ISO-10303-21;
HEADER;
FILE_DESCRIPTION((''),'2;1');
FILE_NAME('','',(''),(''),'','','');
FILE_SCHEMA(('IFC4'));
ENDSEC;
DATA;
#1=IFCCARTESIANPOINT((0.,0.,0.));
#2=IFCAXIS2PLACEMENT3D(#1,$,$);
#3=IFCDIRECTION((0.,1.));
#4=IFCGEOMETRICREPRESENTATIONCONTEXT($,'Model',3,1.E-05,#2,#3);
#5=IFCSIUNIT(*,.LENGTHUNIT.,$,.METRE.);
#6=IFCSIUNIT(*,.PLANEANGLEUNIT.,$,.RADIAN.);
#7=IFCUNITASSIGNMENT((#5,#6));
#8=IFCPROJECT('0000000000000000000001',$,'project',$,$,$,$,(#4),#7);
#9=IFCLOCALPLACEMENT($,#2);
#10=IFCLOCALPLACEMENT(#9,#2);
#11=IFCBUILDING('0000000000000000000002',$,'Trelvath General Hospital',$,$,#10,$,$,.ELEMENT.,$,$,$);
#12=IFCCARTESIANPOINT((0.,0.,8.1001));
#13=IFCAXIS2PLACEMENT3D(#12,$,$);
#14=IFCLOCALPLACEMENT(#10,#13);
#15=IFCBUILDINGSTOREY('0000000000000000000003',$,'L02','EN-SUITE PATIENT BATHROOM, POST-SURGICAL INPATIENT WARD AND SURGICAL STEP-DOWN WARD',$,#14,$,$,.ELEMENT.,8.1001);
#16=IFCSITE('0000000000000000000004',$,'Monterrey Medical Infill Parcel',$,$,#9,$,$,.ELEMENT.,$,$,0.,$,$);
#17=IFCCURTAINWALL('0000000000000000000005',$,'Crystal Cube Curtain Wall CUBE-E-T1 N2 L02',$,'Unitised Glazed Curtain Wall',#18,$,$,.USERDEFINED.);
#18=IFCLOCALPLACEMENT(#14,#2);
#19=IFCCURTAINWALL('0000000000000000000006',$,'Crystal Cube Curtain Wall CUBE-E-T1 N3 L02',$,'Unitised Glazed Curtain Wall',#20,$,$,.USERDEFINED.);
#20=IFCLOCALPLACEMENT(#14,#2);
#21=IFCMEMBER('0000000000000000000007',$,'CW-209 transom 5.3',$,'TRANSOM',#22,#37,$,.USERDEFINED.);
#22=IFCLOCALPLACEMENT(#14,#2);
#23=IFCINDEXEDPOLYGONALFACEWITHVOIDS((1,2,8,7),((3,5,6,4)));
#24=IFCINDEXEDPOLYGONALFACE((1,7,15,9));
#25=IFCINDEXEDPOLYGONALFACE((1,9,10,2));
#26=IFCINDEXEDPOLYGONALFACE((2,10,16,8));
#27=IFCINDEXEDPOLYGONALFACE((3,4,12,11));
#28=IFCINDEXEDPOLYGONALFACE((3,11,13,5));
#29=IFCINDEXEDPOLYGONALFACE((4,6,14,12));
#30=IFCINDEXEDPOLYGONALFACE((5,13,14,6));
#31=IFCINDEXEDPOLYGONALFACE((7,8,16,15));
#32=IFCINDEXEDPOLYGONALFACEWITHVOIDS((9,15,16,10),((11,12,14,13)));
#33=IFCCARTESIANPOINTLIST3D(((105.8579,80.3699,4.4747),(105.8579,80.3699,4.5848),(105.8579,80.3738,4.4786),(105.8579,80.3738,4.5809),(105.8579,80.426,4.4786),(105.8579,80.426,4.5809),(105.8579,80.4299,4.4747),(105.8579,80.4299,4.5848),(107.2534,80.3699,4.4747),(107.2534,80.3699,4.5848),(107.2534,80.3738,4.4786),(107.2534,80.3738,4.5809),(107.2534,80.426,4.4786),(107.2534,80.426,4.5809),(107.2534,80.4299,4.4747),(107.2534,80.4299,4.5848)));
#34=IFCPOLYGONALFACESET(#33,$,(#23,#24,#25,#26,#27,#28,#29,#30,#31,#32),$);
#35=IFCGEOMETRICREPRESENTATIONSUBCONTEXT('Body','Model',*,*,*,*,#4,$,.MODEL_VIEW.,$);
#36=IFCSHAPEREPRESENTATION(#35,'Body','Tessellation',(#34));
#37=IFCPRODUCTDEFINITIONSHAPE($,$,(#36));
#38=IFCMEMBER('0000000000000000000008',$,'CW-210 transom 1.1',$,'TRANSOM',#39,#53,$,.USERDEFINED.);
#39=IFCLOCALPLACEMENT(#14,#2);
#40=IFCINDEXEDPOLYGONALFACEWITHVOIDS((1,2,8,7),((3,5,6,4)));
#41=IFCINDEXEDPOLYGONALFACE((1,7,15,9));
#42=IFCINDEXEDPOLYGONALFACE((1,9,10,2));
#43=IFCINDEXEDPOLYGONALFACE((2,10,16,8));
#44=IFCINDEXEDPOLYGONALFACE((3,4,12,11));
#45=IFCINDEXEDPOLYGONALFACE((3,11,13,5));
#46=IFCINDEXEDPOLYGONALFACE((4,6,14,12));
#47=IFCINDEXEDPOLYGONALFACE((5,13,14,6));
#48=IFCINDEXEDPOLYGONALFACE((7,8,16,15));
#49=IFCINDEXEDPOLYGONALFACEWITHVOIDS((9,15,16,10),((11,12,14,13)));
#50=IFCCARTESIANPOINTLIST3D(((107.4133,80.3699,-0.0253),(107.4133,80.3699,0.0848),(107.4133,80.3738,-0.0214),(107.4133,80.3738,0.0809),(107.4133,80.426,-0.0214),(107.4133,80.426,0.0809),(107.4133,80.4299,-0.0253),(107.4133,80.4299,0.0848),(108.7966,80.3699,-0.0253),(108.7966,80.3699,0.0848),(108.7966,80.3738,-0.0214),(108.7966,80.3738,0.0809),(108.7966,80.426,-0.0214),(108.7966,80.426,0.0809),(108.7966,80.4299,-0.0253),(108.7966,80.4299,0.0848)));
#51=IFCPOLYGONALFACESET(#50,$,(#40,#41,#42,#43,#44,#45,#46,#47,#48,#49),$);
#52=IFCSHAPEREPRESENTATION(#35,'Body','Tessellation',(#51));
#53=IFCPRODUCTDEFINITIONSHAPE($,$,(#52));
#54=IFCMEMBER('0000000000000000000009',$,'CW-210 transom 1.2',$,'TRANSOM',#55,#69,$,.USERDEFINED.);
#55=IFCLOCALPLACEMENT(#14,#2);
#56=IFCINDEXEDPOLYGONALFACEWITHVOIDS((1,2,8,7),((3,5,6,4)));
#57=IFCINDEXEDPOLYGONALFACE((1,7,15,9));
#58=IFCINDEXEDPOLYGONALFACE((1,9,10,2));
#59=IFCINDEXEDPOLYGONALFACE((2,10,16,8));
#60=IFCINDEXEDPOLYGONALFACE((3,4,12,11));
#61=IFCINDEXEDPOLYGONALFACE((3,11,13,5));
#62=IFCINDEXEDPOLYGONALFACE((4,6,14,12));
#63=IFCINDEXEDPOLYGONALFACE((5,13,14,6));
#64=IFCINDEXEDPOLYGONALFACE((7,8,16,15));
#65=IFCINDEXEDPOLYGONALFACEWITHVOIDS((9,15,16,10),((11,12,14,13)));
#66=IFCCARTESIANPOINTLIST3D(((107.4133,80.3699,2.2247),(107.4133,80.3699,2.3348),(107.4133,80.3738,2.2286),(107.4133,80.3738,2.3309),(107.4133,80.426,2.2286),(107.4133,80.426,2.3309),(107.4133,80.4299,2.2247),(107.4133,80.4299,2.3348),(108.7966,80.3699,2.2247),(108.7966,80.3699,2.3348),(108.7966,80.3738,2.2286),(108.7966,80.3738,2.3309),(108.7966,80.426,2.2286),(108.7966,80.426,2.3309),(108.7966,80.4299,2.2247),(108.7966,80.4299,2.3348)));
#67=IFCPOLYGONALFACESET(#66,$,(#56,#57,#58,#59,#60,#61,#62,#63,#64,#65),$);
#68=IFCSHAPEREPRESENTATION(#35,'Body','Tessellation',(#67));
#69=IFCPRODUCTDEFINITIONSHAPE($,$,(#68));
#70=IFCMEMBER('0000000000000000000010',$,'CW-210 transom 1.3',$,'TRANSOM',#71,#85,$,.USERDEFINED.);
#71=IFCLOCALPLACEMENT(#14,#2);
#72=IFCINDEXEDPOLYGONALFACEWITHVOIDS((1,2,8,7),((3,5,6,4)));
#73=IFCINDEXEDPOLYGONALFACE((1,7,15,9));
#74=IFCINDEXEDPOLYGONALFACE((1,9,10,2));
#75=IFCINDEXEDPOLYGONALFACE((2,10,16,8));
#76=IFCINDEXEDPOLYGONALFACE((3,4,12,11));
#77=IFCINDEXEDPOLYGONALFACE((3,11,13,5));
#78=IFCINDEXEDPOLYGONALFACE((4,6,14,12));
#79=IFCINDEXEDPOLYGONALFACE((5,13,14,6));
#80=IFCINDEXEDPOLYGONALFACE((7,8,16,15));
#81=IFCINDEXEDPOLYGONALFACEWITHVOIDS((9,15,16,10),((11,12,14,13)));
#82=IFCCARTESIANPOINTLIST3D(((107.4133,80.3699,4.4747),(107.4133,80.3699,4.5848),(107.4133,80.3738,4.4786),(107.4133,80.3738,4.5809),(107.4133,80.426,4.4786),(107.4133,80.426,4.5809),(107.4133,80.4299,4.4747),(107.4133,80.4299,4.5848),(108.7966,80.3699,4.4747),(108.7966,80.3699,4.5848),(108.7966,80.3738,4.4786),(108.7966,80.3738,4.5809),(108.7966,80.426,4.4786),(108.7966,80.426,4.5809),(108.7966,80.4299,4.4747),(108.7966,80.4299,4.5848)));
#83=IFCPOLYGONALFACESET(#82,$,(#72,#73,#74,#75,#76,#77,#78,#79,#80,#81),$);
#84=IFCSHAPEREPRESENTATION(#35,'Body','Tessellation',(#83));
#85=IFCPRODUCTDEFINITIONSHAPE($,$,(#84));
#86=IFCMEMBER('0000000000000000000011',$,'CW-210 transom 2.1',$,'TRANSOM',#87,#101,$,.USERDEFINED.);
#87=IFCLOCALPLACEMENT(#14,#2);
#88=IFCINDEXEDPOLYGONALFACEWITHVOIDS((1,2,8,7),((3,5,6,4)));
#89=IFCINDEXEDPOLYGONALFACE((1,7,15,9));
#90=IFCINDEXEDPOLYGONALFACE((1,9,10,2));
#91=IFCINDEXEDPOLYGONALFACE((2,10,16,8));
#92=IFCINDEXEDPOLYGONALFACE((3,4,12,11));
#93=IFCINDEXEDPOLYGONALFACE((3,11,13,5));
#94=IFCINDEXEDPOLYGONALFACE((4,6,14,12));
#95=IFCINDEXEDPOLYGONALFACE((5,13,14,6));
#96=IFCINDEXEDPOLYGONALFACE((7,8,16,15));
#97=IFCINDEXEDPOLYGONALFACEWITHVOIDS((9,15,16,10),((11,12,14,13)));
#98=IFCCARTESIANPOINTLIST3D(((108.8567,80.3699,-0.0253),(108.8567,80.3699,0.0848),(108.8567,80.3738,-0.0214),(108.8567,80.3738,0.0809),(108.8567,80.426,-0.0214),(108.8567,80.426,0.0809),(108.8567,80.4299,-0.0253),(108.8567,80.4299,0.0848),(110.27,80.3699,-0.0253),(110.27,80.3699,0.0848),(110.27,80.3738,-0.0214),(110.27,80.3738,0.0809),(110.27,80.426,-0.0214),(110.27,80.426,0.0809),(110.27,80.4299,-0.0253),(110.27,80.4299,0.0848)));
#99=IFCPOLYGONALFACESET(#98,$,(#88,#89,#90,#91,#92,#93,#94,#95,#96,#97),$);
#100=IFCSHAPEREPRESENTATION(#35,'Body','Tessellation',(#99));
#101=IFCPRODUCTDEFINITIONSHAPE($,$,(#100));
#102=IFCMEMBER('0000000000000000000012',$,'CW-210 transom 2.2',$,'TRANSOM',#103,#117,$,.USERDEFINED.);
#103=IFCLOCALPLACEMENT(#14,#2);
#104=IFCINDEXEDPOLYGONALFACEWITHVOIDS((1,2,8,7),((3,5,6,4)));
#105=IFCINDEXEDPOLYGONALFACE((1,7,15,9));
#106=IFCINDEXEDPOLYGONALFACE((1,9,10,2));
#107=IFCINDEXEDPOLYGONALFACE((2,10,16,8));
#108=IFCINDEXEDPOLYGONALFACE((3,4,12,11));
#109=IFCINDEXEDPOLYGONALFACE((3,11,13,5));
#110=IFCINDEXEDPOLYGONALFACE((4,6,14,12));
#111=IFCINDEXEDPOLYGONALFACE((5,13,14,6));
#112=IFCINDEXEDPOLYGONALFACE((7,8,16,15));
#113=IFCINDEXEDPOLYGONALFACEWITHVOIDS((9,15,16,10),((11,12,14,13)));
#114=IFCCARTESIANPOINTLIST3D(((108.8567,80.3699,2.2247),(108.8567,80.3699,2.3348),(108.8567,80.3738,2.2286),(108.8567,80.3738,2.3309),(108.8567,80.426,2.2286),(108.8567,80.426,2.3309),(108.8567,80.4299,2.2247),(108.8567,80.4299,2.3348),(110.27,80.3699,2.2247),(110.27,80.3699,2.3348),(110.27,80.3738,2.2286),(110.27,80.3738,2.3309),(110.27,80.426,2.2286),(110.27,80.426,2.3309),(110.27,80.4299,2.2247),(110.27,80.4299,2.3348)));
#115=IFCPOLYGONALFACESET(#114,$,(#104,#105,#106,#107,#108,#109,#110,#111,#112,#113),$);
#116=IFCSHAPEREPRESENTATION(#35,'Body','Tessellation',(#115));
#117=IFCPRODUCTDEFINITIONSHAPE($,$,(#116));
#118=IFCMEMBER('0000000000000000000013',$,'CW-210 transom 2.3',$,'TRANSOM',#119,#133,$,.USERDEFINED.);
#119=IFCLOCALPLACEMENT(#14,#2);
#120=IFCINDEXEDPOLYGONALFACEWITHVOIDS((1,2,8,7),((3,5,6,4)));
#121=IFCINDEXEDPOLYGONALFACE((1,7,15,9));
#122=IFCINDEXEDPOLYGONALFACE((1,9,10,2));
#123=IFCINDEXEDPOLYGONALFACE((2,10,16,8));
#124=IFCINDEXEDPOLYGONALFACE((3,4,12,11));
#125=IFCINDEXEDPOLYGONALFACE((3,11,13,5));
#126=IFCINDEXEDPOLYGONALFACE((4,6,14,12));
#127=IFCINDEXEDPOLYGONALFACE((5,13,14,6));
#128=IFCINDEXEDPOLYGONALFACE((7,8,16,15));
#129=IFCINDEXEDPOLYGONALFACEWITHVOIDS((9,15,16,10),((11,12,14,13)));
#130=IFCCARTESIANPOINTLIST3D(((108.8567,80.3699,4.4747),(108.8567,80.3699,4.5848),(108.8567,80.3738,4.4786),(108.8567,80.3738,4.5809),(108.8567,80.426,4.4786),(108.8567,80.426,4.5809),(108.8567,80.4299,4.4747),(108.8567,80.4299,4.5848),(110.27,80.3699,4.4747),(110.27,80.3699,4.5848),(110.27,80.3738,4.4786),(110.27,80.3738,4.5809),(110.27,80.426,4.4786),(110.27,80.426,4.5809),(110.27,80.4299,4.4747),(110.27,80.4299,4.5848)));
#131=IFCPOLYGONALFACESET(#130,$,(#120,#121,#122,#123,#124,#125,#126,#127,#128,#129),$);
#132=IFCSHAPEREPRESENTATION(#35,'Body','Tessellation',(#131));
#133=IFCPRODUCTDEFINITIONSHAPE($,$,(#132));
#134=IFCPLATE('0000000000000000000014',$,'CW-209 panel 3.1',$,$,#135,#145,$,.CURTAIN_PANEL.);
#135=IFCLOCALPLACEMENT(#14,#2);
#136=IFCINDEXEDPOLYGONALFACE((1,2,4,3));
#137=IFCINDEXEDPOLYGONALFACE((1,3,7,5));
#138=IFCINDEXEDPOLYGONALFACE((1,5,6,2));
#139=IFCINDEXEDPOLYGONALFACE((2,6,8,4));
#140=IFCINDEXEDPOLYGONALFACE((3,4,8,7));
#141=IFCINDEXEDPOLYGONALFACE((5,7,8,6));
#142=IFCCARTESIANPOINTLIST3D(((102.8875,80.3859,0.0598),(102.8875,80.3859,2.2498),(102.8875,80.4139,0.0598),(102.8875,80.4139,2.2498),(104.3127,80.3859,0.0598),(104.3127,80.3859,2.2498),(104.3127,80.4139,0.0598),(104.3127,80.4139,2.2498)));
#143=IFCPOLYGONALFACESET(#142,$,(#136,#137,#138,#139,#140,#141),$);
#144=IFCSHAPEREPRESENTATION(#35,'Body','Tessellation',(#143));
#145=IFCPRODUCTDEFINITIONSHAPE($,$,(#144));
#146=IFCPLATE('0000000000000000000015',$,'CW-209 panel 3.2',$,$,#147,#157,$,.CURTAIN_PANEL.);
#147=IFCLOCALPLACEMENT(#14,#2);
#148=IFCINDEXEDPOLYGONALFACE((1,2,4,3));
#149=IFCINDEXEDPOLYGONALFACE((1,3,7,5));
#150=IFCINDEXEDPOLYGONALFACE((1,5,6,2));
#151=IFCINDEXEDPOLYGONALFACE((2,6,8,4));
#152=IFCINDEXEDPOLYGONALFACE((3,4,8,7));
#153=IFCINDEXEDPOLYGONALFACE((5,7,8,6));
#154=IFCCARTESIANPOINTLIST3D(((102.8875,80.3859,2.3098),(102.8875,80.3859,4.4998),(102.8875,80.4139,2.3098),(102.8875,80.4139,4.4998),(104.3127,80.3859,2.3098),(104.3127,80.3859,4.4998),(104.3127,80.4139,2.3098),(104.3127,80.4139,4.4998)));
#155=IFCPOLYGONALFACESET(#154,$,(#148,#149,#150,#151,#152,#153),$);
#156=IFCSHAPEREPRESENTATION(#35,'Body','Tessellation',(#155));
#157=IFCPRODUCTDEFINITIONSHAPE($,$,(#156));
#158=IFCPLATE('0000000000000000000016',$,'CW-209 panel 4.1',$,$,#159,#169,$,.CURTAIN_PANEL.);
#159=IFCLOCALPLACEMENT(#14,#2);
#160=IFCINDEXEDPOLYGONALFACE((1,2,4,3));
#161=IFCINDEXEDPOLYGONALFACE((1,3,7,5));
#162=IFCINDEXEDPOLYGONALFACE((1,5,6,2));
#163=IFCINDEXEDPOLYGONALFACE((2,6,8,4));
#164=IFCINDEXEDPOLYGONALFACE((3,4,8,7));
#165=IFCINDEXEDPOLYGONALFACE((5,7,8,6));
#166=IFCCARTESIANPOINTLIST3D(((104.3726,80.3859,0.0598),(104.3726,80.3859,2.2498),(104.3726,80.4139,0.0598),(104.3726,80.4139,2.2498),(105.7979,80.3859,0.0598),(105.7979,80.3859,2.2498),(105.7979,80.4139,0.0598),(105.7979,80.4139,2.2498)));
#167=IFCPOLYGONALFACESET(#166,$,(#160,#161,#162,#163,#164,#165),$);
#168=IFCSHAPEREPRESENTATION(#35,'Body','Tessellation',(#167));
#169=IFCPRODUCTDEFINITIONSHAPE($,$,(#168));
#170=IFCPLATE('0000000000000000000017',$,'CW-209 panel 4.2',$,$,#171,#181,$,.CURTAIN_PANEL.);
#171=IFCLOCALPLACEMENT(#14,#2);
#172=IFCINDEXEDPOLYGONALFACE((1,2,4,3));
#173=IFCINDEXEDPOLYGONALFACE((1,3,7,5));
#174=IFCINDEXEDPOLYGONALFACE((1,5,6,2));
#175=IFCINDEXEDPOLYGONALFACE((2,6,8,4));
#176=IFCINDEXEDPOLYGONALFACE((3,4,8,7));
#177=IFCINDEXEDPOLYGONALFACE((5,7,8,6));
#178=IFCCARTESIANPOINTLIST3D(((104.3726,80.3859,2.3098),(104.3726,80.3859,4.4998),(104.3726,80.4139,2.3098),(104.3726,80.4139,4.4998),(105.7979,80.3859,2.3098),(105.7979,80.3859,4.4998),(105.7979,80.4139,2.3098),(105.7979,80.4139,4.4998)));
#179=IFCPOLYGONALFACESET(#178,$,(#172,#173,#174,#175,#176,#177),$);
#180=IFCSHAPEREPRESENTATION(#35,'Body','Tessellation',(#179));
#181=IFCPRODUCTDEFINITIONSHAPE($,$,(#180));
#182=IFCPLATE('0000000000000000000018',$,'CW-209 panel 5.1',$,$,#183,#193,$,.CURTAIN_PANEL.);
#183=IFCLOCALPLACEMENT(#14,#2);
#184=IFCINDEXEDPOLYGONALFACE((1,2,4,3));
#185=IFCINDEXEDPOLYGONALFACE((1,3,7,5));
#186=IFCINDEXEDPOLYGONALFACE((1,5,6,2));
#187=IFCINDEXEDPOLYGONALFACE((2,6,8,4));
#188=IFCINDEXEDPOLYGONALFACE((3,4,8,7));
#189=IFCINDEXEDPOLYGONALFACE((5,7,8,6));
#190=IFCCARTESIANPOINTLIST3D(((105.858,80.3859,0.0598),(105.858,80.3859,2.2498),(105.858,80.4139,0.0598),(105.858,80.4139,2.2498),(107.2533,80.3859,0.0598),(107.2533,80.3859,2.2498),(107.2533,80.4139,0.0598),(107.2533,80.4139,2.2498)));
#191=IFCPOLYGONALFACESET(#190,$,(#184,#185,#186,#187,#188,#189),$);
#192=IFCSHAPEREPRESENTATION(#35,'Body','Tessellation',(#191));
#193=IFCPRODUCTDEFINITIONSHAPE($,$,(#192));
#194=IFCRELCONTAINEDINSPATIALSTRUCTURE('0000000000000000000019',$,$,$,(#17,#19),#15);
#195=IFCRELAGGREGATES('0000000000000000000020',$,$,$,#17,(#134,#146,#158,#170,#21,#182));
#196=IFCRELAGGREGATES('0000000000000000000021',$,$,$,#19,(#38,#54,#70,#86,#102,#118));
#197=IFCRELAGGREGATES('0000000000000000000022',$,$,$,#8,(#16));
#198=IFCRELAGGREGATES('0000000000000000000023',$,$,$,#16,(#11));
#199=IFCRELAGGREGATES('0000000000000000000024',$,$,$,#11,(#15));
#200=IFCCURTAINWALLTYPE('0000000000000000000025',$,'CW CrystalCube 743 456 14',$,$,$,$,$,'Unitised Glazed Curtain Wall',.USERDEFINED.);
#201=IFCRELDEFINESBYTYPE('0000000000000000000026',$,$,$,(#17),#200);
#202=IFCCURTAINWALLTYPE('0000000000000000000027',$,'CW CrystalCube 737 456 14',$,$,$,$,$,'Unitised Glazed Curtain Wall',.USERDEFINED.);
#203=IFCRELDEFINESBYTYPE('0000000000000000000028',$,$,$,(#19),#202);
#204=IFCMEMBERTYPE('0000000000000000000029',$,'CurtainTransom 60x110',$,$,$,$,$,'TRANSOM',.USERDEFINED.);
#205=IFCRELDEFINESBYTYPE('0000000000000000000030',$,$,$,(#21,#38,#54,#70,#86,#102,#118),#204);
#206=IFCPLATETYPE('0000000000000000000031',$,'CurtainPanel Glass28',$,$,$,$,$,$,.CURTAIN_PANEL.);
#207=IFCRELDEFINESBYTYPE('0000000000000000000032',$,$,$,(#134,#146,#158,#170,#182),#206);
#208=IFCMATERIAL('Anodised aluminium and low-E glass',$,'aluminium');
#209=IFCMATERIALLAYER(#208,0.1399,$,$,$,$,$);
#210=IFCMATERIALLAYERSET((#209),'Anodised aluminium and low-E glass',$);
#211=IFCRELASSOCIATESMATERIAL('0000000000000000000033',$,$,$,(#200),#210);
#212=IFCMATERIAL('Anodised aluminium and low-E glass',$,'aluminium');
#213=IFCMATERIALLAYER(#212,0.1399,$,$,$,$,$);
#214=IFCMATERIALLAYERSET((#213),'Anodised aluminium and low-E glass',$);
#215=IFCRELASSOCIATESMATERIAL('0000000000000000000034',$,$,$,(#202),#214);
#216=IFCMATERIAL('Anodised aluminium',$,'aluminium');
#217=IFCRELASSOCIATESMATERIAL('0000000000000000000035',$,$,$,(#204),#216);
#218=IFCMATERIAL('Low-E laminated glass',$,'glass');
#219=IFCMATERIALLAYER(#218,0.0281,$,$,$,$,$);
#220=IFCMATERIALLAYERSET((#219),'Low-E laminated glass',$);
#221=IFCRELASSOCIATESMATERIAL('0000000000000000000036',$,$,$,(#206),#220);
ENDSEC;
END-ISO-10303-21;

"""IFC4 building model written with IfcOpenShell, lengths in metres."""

from ifc_helpers import new_model, si_unit, direction, frame, origin, origin_2d, place, context, subcontext, project, spatial, rectangle, hollow_rectangle, extrude, material, layer, layer_set, material_profile, profile_set, type_object, element, aggregate, save


model = new_model("IFC4")

# Units and contexts
model_context = context("Model", 3, precision=1e-05, world=origin(), true_north=direction((0.0, 1.0)))
body_context = subcontext(model_context, "Body", "Model", "MODEL_VIEW")
ifc_project = project(units=[si_unit("LENGTHUNIT", "METRE"), si_unit("PLANEANGLEUNIT", "RADIAN")], contexts=[model_context])

# Site, building, storey
site_placement = place(None, origin())
site = spatial("IfcSite", under=ifc_project, at=site_placement, Name="Monterrey Medical Infill Parcel", CompositionType="ELEMENT", RefElevation=0.0)
building_placement = place(site_placement, origin())
building = spatial("IfcBuilding", under=site, at=building_placement, Name="Trelvath General Hospital", CompositionType="ELEMENT")
storey_placement = place(building_placement, frame((0.0, 0.0, 8.1001)))
storey = spatial("IfcBuildingStorey", under=building, at=storey_placement, Name="L02", Description="EN-SUITE PATIENT BATHROOM, POST-SURGICAL INPATIENT WARD AND SURGICAL STEP-DOWN WARD", CompositionType="ELEMENT", Elevation=8.1001)

# Curtain walls
ifc_material_1 = material(Name="Anodised aluminium and low-E glass", Category="aluminium")
ifc_layer_1 = layer(ifc_material_1, 0.1399)
ifc_layer_set_1 = layer_set([ifc_layer_1], Name="Anodised aluminium and low-E glass")
curtain_wall_type_1 = type_object("IfcCurtainWallType", Name="CW CrystalCube 743 456 14", ElementType="Unitised Glazed Curtain Wall", PredefinedType="USERDEFINED", material=ifc_layer_set_1)
curtain_wall_1_placement = place(storey_placement, origin())
curtain_wall_1 = element("IfcCurtainWall", 1, at=curtain_wall_1_placement, inside=storey, type_object=curtain_wall_type_1, Name="Crystal Cube Curtain Wall CUBE-E-T1 N2 L02", ObjectType="Unitised Glazed Curtain Wall", PredefinedType="USERDEFINED")
ifc_material_2 = material(Name="Anodised aluminium and low-E glass", Category="aluminium")
ifc_layer_2 = layer(ifc_material_2, 0.1399)
ifc_layer_set_2 = layer_set([ifc_layer_2], Name="Anodised aluminium and low-E glass")
curtain_wall_type_2 = type_object("IfcCurtainWallType", Name="CW CrystalCube 737 456 14", ElementType="Unitised Glazed Curtain Wall", PredefinedType="USERDEFINED", material=ifc_layer_set_2)
curtain_wall_2_placement = place(storey_placement, origin())
curtain_wall_2 = element("IfcCurtainWall", 2, at=curtain_wall_2_placement, inside=storey, type_object=curtain_wall_type_2, Name="Crystal Cube Curtain Wall CUBE-E-T1 N3 L02", ObjectType="Unitised Glazed Curtain Wall", PredefinedType="USERDEFINED")

# Members
ifc_material_3 = material(Name="Anodised aluminium", Category="aluminium")
ifc_material_profile_1 = material_profile(ifc_material_3, hollow_rectangle(XDim=0.0601, YDim=0.1101, WallThickness=0.0039, at=origin_2d()), Name="RHS60x110x4")
ifc_profile_set_1 = profile_set([ifc_material_profile_1], Name="Anodised aluminium")
member_type_1 = type_object("IfcMemberType", Name="CurtainTransom 60x110", ElementType="TRANSOM", PredefinedType="USERDEFINED", material=ifc_profile_set_1)
member_1_placement = place(storey_placement, frame((105.8579, 80.3999, 4.5298), z_axis=(1.0, 0.0, 0.0), x_axis=(0.0, 1.0, 0.0)))
member_1 = element("IfcMember", 3, at=member_1_placement, type_object=member_type_1, Name="CW-209 transom 5.3", ObjectType="TRANSOM", PredefinedType="USERDEFINED", context=body_context, shape_type="SweptSolid", body=[
    extrude(hollow_rectangle(XDim=0.0601, YDim=0.1101, WallThickness=0.0039, at=origin_2d()), origin(), (0.0, 0.0, 1.0), 1.3955),
])
member_2_placement = place(storey_placement, frame((107.4133, 80.3999, 0.0298), z_axis=(1.0, 0.0, 0.0), x_axis=(0.0, 1.0, 0.0)))
member_2 = element("IfcMember", 4, at=member_2_placement, type_object=member_type_1, Name="CW-210 transom 1.1", ObjectType="TRANSOM", PredefinedType="USERDEFINED", context=body_context, shape_type="SweptSolid", body=[
    extrude(hollow_rectangle(XDim=0.0601, YDim=0.1101, WallThickness=0.0039, at=origin_2d()), origin(), (0.0, 0.0, 1.0), 1.3833),
])
member_3_placement = place(storey_placement, frame((107.4133, 80.3999, 2.2798), z_axis=(1.0, 0.0, 0.0), x_axis=(0.0, 1.0, 0.0)))
member_3 = element("IfcMember", 5, at=member_3_placement, type_object=member_type_1, Name="CW-210 transom 1.2", ObjectType="TRANSOM", PredefinedType="USERDEFINED", context=body_context, shape_type="SweptSolid", body=[
    extrude(hollow_rectangle(XDim=0.0601, YDim=0.1101, WallThickness=0.0039, at=origin_2d()), origin(), (0.0, 0.0, 1.0), 1.3833),
])
member_4_placement = place(storey_placement, frame((107.4133, 80.3999, 4.5298), z_axis=(1.0, 0.0, 0.0), x_axis=(0.0, 1.0, 0.0)))
member_4 = element("IfcMember", 6, at=member_4_placement, type_object=member_type_1, Name="CW-210 transom 1.3", ObjectType="TRANSOM", PredefinedType="USERDEFINED", context=body_context, shape_type="SweptSolid", body=[
    extrude(hollow_rectangle(XDim=0.0601, YDim=0.1101, WallThickness=0.0039, at=origin_2d()), origin(), (0.0, 0.0, 1.0), 1.3833),
])
member_5_placement = place(storey_placement, frame((108.8567, 80.3999, 0.0298), z_axis=(1.0, 0.0, 0.0), x_axis=(0.0, 1.0, 0.0)))
member_5 = element("IfcMember", 7, at=member_5_placement, type_object=member_type_1, Name="CW-210 transom 2.1", ObjectType="TRANSOM", PredefinedType="USERDEFINED", context=body_context, shape_type="SweptSolid", body=[
    extrude(hollow_rectangle(XDim=0.0601, YDim=0.1101, WallThickness=0.0039, at=origin_2d()), origin(), (0.0, 0.0, 1.0), 1.4133),
])
member_6_placement = place(storey_placement, frame((108.8567, 80.3999, 2.2798), z_axis=(1.0, 0.0, 0.0), x_axis=(0.0, 1.0, 0.0)))
member_6 = element("IfcMember", 8, at=member_6_placement, type_object=member_type_1, Name="CW-210 transom 2.2", ObjectType="TRANSOM", PredefinedType="USERDEFINED", context=body_context, shape_type="SweptSolid", body=[
    extrude(hollow_rectangle(XDim=0.0601, YDim=0.1101, WallThickness=0.0039, at=origin_2d()), origin(), (0.0, 0.0, 1.0), 1.4133),
])
member_7_placement = place(storey_placement, frame((108.8567, 80.3999, 4.5298), z_axis=(1.0, 0.0, 0.0), x_axis=(0.0, 1.0, 0.0)))
member_7 = element("IfcMember", 9, at=member_7_placement, type_object=member_type_1, Name="CW-210 transom 2.3", ObjectType="TRANSOM", PredefinedType="USERDEFINED", context=body_context, shape_type="SweptSolid", body=[
    extrude(hollow_rectangle(XDim=0.0601, YDim=0.1101, WallThickness=0.0039, at=origin_2d()), origin(), (0.0, 0.0, 1.0), 1.4133),
])

# Plates
ifc_material_4 = material(Name="Low-E laminated glass", Category="glass")
ifc_layer_3 = layer(ifc_material_4, 0.0281)
ifc_layer_set_3 = layer_set([ifc_layer_3], Name="Low-E laminated glass")
plate_type = type_object("IfcPlateType", Name="CurtainPanel Glass28", PredefinedType="CURTAIN_PANEL", material=ifc_layer_set_3)
plate_1_placement = place(storey_placement, frame((103.6001, 80.3999, 0.0598), z_axis=(0.0, 0.0, 1.0), x_axis=(1.0, 0.0, 0.0)))
plate_1 = element("IfcPlate", 10, at=plate_1_placement, type_object=plate_type, Name="CW-209 panel 3.1", PredefinedType="CURTAIN_PANEL", context=body_context, shape_type="SweptSolid", body=[
    extrude(rectangle(XDim=1.4253, YDim=0.0281, at=origin_2d()), origin(), (0.0, 0.0, 1.0), 2.1899),
])
plate_2_placement = place(storey_placement, frame((103.6001, 80.3999, 2.3098), z_axis=(0.0, 0.0, 1.0), x_axis=(1.0, 0.0, 0.0)))
plate_2 = element("IfcPlate", 11, at=plate_2_placement, type_object=plate_type, Name="CW-209 panel 3.2", PredefinedType="CURTAIN_PANEL", context=body_context, shape_type="SweptSolid", body=[
    extrude(rectangle(XDim=1.4253, YDim=0.0281, at=origin_2d()), origin(), (0.0, 0.0, 1.0), 2.1899),
])
plate_3_placement = place(storey_placement, frame((105.0852, 80.3999, 0.0598), z_axis=(0.0, 0.0, 1.0), x_axis=(1.0, 0.0, 0.0)))
plate_3 = element("IfcPlate", 12, at=plate_3_placement, type_object=plate_type, Name="CW-209 panel 4.1", PredefinedType="CURTAIN_PANEL", context=body_context, shape_type="SweptSolid", body=[
    extrude(rectangle(XDim=1.4253, YDim=0.0281, at=origin_2d()), origin(), (0.0, 0.0, 1.0), 2.1899),
])
plate_4_placement = place(storey_placement, frame((105.0852, 80.3999, 2.3098), z_axis=(0.0, 0.0, 1.0), x_axis=(1.0, 0.0, 0.0)))
plate_4 = element("IfcPlate", 13, at=plate_4_placement, type_object=plate_type, Name="CW-209 panel 4.2", PredefinedType="CURTAIN_PANEL", context=body_context, shape_type="SweptSolid", body=[
    extrude(rectangle(XDim=1.4253, YDim=0.0281, at=origin_2d()), origin(), (0.0, 0.0, 1.0), 2.1899),
])
plate_5_placement = place(storey_placement, frame((106.5557, 80.3999, 0.0598), z_axis=(0.0, 0.0, 1.0), x_axis=(1.0, 0.0, 0.0)))
plate_5 = element("IfcPlate", 14, at=plate_5_placement, type_object=plate_type, Name="CW-209 panel 5.1", PredefinedType="CURTAIN_PANEL", context=body_context, shape_type="SweptSolid", body=[
    extrude(rectangle(XDim=1.3953, YDim=0.0281, at=origin_2d()), origin(), (0.0, 0.0, 1.0), 2.1899),
])
aggregate(curtain_wall_1, [plate_1, plate_2, plate_3, plate_4, member_1, plate_5])
aggregate(curtain_wall_2, [member_2, member_3, member_4, member_5, member_6, member_7])

save(model, "model.ifc")
